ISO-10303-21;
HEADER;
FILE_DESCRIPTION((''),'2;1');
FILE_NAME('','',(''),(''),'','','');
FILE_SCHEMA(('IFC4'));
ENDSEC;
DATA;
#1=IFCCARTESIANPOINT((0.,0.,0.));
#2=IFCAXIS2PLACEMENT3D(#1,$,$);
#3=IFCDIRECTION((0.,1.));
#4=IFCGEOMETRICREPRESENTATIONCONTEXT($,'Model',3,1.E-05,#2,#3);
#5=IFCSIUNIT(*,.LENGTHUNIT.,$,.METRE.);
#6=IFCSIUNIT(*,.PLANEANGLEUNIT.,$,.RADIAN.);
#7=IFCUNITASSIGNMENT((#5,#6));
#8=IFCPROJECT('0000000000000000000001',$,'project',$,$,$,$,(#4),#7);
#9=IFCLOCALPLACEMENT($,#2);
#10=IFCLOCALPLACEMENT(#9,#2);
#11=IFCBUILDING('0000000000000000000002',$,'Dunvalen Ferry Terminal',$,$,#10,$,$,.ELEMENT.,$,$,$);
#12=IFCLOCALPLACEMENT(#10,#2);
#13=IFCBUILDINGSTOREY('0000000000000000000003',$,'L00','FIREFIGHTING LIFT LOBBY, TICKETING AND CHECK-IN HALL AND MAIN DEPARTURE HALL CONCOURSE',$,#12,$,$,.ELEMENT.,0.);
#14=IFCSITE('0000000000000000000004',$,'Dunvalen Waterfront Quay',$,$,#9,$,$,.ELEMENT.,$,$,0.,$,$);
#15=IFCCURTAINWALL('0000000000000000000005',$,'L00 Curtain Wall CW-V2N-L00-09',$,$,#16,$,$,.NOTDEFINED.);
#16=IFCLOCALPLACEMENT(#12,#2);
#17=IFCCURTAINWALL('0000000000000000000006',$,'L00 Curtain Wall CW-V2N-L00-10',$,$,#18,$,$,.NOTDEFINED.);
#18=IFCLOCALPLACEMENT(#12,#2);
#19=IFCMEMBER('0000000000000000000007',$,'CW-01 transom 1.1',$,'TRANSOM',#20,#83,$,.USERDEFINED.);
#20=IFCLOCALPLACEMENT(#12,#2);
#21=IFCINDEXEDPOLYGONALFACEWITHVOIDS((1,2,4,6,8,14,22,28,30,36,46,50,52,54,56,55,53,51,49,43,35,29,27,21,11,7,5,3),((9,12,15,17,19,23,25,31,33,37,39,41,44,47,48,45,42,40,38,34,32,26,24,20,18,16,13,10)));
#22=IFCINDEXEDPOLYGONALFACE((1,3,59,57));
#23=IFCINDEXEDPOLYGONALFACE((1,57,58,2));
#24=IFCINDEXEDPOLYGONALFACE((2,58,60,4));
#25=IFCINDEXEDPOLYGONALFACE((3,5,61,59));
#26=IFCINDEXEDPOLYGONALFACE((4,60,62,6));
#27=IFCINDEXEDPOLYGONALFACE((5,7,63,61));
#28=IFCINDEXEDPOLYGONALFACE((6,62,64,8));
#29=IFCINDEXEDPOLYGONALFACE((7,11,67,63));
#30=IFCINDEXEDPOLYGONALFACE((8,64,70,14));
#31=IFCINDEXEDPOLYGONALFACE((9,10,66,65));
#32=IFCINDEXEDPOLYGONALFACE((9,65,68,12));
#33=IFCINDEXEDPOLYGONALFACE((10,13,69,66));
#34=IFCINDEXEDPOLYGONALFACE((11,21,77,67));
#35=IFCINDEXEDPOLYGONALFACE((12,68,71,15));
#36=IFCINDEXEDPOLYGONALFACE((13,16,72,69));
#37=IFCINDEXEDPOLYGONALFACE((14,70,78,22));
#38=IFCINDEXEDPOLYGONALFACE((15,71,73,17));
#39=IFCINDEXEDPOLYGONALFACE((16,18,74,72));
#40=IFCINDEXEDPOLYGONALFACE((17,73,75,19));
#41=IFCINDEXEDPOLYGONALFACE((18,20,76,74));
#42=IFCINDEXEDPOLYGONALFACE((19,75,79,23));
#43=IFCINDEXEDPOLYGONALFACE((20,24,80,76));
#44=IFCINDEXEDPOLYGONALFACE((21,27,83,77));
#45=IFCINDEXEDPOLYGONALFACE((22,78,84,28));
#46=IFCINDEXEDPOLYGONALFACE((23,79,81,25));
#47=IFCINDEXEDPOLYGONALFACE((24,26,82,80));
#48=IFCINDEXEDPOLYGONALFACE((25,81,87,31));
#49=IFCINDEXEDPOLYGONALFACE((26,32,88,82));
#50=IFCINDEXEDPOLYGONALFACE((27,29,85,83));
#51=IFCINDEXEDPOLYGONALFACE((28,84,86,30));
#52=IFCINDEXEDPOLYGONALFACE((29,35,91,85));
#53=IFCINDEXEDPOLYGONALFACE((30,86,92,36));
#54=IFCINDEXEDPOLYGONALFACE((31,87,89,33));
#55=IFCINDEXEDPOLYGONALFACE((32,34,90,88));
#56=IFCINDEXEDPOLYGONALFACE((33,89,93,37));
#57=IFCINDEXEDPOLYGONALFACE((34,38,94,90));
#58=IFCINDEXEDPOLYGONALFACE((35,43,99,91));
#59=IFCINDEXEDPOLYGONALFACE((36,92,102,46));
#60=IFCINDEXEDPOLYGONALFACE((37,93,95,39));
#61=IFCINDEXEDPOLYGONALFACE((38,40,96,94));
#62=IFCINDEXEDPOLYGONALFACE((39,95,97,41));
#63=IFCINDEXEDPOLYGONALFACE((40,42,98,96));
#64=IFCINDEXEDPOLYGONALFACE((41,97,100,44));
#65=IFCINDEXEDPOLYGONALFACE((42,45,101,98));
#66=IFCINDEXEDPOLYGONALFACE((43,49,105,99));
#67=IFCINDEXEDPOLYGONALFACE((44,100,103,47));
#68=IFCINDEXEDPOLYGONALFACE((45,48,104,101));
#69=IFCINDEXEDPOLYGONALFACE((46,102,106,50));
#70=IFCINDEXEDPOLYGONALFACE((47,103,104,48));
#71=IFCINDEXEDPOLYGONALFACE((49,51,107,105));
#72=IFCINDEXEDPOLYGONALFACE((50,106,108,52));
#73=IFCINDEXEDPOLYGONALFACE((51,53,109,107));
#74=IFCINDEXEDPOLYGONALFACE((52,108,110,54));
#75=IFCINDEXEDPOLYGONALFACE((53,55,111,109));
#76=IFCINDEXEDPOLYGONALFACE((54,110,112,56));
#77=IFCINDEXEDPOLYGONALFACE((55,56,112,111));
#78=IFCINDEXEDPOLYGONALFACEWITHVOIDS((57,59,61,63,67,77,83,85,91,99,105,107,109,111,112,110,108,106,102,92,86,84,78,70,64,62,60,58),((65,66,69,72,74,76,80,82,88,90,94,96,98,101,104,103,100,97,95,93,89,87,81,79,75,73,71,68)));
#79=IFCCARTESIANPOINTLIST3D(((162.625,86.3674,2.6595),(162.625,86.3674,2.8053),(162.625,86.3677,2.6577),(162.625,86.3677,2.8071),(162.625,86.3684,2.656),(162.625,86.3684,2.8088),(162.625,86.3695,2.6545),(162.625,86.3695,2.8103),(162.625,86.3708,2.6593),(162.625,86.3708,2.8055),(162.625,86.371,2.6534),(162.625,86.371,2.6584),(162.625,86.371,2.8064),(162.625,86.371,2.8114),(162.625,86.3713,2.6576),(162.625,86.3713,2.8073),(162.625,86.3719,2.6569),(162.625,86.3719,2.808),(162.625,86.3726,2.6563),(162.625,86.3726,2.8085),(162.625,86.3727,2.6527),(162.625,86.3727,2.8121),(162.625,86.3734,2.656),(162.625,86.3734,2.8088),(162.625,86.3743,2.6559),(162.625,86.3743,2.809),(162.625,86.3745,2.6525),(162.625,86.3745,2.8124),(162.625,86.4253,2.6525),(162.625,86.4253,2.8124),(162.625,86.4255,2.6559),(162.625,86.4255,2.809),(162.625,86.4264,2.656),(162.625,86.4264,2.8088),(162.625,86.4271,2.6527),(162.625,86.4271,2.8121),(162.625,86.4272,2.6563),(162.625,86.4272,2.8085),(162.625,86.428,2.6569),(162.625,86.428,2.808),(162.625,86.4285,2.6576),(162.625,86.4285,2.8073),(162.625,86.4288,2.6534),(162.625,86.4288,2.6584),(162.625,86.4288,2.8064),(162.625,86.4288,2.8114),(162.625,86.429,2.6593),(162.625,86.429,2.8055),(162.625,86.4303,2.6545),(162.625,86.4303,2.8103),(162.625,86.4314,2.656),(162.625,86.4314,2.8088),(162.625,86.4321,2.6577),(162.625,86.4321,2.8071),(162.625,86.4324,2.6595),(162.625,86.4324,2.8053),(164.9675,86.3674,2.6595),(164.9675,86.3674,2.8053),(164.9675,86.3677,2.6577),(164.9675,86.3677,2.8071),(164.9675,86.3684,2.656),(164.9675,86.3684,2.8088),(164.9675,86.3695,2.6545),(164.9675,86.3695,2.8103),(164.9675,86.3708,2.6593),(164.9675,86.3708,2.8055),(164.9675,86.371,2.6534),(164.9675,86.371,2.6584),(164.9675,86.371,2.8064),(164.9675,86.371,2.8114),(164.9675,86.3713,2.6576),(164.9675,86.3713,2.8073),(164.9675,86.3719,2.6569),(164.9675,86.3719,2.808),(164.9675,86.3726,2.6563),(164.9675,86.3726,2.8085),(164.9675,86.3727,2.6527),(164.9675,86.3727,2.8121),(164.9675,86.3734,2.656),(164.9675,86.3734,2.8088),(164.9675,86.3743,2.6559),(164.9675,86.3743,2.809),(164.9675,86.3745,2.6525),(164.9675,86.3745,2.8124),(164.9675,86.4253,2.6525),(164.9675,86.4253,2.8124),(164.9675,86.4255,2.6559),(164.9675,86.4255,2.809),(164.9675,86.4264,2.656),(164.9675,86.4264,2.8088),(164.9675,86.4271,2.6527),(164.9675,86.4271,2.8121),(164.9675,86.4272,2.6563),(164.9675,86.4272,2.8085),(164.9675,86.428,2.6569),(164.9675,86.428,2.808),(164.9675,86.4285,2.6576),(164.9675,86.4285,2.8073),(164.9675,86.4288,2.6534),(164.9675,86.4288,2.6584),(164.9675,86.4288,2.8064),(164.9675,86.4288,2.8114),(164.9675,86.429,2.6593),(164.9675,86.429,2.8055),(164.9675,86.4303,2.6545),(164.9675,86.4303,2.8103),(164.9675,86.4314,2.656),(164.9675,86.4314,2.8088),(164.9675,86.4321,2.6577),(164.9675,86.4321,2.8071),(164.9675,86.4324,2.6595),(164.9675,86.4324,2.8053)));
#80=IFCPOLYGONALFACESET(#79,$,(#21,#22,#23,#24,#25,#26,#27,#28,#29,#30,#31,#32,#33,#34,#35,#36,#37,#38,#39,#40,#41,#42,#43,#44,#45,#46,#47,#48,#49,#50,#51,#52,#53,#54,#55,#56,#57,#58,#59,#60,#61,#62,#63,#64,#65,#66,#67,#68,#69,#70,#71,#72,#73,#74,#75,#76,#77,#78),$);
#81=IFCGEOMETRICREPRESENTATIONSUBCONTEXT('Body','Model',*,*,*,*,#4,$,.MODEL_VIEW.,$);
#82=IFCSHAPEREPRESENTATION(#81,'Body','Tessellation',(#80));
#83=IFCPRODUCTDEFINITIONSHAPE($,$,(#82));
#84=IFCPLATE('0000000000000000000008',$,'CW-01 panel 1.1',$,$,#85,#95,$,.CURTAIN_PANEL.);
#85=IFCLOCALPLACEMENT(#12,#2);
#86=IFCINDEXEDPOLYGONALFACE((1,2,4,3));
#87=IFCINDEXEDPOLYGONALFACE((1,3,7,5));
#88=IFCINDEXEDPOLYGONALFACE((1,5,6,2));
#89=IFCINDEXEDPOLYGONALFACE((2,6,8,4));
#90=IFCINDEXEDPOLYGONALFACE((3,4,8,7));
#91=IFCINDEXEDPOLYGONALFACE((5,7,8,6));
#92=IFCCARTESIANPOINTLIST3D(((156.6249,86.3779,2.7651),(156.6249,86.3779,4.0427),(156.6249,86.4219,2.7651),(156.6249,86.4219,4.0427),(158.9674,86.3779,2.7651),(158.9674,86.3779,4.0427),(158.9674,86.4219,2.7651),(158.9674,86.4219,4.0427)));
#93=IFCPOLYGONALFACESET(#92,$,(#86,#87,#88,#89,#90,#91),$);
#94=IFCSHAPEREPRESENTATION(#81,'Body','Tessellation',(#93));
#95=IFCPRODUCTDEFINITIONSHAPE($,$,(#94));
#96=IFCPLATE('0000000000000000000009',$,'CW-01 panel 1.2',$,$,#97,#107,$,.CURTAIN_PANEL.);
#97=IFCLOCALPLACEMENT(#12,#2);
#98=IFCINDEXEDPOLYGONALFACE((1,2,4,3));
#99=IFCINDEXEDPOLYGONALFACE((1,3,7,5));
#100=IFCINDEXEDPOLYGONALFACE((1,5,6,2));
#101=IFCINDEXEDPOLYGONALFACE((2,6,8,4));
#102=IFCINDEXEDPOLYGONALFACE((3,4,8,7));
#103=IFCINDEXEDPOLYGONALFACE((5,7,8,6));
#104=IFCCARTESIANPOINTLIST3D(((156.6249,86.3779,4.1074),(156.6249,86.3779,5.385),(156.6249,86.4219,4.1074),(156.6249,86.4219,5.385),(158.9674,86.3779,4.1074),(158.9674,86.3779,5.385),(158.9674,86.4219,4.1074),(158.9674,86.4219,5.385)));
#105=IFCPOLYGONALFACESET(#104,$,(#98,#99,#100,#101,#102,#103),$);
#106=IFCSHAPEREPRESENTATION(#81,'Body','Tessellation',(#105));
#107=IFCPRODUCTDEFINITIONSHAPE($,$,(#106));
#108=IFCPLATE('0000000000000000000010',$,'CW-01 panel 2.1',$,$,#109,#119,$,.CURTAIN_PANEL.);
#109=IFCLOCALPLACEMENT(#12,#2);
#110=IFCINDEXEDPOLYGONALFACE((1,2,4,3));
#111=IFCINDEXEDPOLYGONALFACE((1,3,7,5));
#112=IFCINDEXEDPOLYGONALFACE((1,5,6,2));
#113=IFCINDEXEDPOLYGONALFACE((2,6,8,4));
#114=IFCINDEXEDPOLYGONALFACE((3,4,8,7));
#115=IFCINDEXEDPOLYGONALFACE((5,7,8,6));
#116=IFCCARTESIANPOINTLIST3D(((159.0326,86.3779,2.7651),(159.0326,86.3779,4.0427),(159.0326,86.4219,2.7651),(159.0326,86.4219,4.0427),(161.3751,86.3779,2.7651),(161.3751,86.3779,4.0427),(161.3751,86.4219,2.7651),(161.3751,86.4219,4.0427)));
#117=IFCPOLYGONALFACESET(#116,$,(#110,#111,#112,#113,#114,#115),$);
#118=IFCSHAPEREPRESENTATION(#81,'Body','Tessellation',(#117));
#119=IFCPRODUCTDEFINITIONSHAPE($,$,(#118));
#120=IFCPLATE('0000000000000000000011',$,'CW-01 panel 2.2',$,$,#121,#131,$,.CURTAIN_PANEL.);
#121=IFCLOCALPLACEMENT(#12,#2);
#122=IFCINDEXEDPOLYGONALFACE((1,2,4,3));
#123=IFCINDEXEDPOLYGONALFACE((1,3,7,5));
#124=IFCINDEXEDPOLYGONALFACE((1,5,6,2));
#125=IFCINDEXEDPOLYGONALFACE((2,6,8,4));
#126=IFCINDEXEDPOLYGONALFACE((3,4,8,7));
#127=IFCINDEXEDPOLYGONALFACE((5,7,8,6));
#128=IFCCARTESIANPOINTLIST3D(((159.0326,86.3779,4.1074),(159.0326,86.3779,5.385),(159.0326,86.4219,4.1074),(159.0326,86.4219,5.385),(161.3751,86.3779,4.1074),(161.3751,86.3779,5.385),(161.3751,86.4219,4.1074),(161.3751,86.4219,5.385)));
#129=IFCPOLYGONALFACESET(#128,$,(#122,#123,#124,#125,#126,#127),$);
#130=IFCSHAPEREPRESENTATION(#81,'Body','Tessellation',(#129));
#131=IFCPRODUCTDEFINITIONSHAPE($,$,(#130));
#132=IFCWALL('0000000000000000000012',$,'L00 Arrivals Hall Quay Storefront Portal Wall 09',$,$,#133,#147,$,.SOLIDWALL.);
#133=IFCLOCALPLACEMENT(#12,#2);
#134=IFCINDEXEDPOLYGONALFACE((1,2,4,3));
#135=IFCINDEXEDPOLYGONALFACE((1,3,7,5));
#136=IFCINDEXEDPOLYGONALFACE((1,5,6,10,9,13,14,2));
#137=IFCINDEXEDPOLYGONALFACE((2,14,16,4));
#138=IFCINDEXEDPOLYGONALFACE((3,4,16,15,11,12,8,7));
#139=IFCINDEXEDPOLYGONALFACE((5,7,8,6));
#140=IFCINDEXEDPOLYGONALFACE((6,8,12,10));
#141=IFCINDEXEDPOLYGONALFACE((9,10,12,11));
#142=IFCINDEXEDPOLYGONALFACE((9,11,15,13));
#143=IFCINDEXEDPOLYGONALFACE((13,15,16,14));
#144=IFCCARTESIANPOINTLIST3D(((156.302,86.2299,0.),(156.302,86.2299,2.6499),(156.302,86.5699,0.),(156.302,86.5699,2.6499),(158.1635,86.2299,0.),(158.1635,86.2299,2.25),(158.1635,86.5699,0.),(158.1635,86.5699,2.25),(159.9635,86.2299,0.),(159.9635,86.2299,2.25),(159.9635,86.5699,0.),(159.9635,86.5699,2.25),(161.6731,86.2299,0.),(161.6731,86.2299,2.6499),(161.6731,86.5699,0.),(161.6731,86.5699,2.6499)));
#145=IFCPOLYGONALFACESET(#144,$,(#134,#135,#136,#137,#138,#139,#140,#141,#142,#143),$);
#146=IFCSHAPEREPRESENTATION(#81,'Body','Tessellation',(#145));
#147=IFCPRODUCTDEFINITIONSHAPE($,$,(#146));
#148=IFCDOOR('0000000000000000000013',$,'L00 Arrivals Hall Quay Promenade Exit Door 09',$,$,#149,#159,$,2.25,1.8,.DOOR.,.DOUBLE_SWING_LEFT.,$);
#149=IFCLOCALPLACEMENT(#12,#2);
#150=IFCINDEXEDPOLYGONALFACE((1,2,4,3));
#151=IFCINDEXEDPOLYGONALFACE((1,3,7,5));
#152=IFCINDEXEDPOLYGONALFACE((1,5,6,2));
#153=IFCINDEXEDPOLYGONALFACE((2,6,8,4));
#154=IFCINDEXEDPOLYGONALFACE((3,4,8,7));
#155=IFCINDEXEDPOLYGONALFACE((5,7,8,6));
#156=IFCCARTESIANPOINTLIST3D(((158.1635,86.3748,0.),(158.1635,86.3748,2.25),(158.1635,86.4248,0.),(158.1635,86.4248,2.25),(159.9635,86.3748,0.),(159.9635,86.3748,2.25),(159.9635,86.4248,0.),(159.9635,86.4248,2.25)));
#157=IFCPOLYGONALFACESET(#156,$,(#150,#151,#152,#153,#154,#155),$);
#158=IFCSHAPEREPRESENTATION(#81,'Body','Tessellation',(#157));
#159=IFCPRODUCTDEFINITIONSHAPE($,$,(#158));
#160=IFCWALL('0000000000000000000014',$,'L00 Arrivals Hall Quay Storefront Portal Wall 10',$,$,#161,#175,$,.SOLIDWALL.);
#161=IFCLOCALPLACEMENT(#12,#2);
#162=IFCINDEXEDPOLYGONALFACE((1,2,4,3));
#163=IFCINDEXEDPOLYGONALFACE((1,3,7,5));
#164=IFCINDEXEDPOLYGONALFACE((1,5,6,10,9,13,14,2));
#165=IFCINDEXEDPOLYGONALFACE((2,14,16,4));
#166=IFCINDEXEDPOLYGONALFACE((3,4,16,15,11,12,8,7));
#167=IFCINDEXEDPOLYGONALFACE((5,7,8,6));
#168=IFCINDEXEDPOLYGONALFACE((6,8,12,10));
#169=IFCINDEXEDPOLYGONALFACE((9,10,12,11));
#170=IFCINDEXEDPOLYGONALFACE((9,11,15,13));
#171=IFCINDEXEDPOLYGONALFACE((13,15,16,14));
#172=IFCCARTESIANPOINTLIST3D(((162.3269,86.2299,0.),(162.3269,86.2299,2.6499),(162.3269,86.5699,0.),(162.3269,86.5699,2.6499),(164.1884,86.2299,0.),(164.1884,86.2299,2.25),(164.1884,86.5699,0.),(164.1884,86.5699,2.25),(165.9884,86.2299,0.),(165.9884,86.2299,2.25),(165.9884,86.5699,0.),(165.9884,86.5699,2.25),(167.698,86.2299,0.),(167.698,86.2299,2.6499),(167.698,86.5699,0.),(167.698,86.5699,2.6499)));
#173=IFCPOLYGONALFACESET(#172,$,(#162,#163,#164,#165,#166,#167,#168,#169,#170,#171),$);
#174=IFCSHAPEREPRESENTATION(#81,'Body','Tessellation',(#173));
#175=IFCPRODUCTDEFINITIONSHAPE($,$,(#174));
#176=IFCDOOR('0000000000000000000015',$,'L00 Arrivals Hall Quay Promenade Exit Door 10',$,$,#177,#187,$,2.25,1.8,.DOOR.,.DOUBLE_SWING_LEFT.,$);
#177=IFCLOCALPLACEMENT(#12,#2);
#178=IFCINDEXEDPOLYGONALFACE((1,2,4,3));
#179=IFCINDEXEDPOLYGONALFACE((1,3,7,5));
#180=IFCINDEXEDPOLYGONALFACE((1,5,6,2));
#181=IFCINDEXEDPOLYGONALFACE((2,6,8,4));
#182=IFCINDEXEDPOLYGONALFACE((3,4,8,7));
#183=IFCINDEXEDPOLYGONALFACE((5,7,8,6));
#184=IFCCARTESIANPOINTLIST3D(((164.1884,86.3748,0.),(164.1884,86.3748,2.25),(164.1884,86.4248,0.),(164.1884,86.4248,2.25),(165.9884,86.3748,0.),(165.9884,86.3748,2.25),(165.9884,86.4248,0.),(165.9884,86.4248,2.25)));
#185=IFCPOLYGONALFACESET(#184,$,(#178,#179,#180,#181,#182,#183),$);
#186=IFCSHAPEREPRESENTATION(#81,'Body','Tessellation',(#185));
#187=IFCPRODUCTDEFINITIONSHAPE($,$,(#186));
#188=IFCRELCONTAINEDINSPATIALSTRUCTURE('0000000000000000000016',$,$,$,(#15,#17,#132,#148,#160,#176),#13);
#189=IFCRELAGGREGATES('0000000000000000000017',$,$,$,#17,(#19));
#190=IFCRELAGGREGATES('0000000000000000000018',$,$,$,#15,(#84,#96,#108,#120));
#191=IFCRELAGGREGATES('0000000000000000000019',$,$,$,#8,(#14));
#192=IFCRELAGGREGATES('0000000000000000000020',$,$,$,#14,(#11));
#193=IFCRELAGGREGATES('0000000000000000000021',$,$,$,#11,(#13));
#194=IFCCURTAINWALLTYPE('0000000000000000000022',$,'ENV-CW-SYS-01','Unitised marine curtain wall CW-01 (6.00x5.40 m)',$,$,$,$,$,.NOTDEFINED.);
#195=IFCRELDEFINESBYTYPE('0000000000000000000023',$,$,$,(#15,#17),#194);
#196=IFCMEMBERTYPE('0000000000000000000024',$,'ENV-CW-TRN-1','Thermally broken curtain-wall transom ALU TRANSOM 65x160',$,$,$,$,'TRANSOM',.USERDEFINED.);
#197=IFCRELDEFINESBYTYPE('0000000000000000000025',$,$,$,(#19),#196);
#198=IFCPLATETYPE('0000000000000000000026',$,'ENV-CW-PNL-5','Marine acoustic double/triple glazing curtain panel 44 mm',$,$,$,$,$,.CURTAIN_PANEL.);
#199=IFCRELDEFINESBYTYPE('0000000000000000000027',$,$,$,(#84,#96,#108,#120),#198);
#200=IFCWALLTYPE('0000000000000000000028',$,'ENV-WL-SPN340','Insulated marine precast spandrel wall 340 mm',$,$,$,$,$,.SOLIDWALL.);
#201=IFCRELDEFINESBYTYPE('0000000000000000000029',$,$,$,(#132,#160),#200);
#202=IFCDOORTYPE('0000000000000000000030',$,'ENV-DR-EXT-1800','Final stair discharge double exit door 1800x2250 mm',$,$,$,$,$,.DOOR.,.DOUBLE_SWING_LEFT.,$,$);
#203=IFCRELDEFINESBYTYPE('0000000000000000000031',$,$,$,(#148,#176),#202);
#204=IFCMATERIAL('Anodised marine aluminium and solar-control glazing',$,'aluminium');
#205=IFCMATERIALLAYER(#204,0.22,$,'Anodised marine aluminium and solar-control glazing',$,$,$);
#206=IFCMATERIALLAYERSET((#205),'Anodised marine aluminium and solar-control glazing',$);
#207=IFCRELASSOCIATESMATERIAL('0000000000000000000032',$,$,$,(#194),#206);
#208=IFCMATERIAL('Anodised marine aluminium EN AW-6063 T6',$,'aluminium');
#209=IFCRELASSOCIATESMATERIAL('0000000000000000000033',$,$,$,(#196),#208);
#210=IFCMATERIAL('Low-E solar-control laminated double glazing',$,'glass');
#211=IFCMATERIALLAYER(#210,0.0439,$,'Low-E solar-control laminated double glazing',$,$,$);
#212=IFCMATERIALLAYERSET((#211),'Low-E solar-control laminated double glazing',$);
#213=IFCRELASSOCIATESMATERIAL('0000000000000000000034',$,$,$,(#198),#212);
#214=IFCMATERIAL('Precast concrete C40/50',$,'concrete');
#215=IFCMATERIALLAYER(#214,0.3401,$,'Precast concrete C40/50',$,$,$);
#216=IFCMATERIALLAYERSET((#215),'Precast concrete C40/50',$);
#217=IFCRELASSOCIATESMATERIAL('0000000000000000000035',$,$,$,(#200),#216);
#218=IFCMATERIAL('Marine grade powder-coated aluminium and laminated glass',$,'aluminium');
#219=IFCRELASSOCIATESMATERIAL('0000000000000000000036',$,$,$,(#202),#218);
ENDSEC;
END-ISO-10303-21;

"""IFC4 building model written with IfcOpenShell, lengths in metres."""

from ifc_helpers import new_model, si_unit, direction, frame, frame_2d, origin, origin_2d, place, context, subcontext, project, spatial, rectangle, hollow_rectangle, extrude, material, layer, layer_set, material_profile, profile_set, type_object, element, fill, aggregate, save


model = new_model("IFC4")

# Units and contexts
model_context = context("Model", 3, precision=1e-05, world=origin(), true_north=direction((0.0, 1.0)))
body_context = subcontext(model_context, "Body", "Model", "MODEL_VIEW")
ifc_project = project(units=[si_unit("LENGTHUNIT", "METRE"), si_unit("PLANEANGLEUNIT", "RADIAN")], contexts=[model_context])

# Site, building, storey
site_placement = place(None, origin())
site = spatial("IfcSite", under=ifc_project, at=site_placement, Name="Dunvalen Waterfront Quay", CompositionType="ELEMENT", RefElevation=0.0)
building_placement = place(site_placement, origin())
building = spatial("IfcBuilding", under=site, at=building_placement, Name="Dunvalen Ferry Terminal", CompositionType="ELEMENT")
storey_placement = place(building_placement, origin())
storey = spatial("IfcBuildingStorey", under=building, at=storey_placement, Name="L00", Description="FIREFIGHTING LIFT LOBBY, TICKETING AND CHECK-IN HALL AND MAIN DEPARTURE HALL CONCOURSE", CompositionType="ELEMENT", Elevation=0.0)

# Curtain wall
ifc_material_1 = material(Name="Anodised marine aluminium and solar-control glazing", Category="aluminium")
ifc_layer_1 = layer(ifc_material_1, 0.22, Name="Anodised marine aluminium and solar-control glazing")
ifc_layer_set_1 = layer_set([ifc_layer_1], Name="Anodised marine aluminium and solar-control glazing")
curtain_wall_type = type_object("IfcCurtainWallType", Name="ENV-CW-SYS-01", Description="Unitised marine curtain wall CW-01 (6.00x5.40 m)", PredefinedType="NOTDEFINED", material=ifc_layer_set_1)
curtain_wall_1_placement = place(storey_placement, origin())
curtain_wall_1 = element("IfcCurtainWall", 1, at=curtain_wall_1_placement, inside=storey, type_object=curtain_wall_type, Name="L00 Curtain Wall CW-V2N-L00-09", PredefinedType="NOTDEFINED")
ifc_material_2 = material(Name="Anodised marine aluminium EN AW-6063 T6", Category="aluminium")

# Curtain wall
curtain_wall_2_placement = place(storey_placement, origin())
curtain_wall_2 = element("IfcCurtainWall", 2, at=curtain_wall_2_placement, inside=storey, type_object=curtain_wall_type, Name="L00 Curtain Wall CW-V2N-L00-10", PredefinedType="NOTDEFINED")

# Member
ifc_material_profile_1 = material_profile(ifc_material_2, hollow_rectangle(XDim=0.0649, YDim=0.1599, WallThickness=0.0034, InnerFilletRadius=0.0034, OuterFilletRadius=0.0071, at=origin_2d()), Name="Anodised marine aluminium EN AW-6063 T6")
ifc_profile_set_1 = profile_set([ifc_material_profile_1], Name="Anodised marine aluminium EN AW-6063 T6")
member_type_1 = type_object("IfcMemberType", Name="ENV-CW-TRN-1", Description="Thermally broken curtain-wall transom ALU TRANSOM 65x160", ElementType="TRANSOM", PredefinedType="USERDEFINED", material=ifc_profile_set_1)
member_1_placement = place(storey_placement, frame((162.625, 86.3999, 2.7324), z_axis=(1.0, 0.0, 0.0), x_axis=(0.0, 1.0, 0.0)))
member_1 = element("IfcMember", 3, at=member_1_placement, type_object=member_type_1, Name="CW-01 transom 1.1", ObjectType="TRANSOM", PredefinedType="USERDEFINED", context=body_context, shape_type="SweptSolid", body=[
    extrude(hollow_rectangle(XDim=0.0649, YDim=0.1599, WallThickness=0.0034, InnerFilletRadius=0.0034, OuterFilletRadius=0.0071, at=origin_2d()), origin(), (0.0, 0.0, 1.0), 2.3425),
])
aggregate(curtain_wall_2, [member_1])

# Plates
ifc_material_3 = material(Name="Low-E solar-control laminated double glazing", Category="glass")
ifc_layer_2 = layer(ifc_material_3, 0.0439, Name="Low-E solar-control laminated double glazing")
ifc_layer_set_2 = layer_set([ifc_layer_2], Name="Low-E solar-control laminated double glazing")
plate_type = type_object("IfcPlateType", Name="ENV-CW-PNL-5", Description="Marine acoustic double/triple glazing curtain panel 44 mm", PredefinedType="CURTAIN_PANEL", material=ifc_layer_set_2)
plate_1_placement = place(storey_placement, frame((157.7961, 86.3999, 2.7651), z_axis=(0.0, 0.0, 1.0), x_axis=(1.0, 0.0, 0.0)))
plate_1 = element("IfcPlate", 4, at=plate_1_placement, type_object=plate_type, Name="CW-01 panel 1.1", PredefinedType="CURTAIN_PANEL", context=body_context, shape_type="SweptSolid", body=[
    extrude(rectangle(XDim=2.3425, YDim=0.0439, at=origin_2d()), origin(), (0.0, 0.0, 1.0), 1.2776),
])
plate_2_placement = place(storey_placement, frame((157.7961, 86.3999, 4.1074), z_axis=(0.0, 0.0, 1.0), x_axis=(1.0, 0.0, 0.0)))
plate_2 = element("IfcPlate", 5, at=plate_2_placement, type_object=plate_type, Name="CW-01 panel 1.2", PredefinedType="CURTAIN_PANEL", context=body_context, shape_type="SweptSolid", body=[
    extrude(rectangle(XDim=2.3425, YDim=0.0439, at=origin_2d()), origin(), (0.0, 0.0, 1.0), 1.2776),
])
plate_3_placement = place(storey_placement, frame((160.2039, 86.3999, 2.7651), z_axis=(0.0, 0.0, 1.0), x_axis=(1.0, 0.0, 0.0)))
plate_3 = element("IfcPlate", 6, at=plate_3_placement, type_object=plate_type, Name="CW-01 panel 2.1", PredefinedType="CURTAIN_PANEL", context=body_context, shape_type="SweptSolid", body=[
    extrude(rectangle(XDim=2.3425, YDim=0.0439, at=origin_2d()), origin(), (0.0, 0.0, 1.0), 1.2776),
])
plate_4_placement = place(storey_placement, frame((160.2039, 86.3999, 4.1074), z_axis=(0.0, 0.0, 1.0), x_axis=(1.0, 0.0, 0.0)))
plate_4 = element("IfcPlate", 7, at=plate_4_placement, type_object=plate_type, Name="CW-01 panel 2.2", PredefinedType="CURTAIN_PANEL", context=body_context, shape_type="SweptSolid", body=[
    extrude(rectangle(XDim=2.3425, YDim=0.0439, at=origin_2d()), origin(), (0.0, 0.0, 1.0), 1.2776),
])
aggregate(curtain_wall_1, [plate_1, plate_2, plate_3, plate_4])

# Walls, openings, doors
ifc_material_4 = material(Name="Precast concrete C40/50", Category="concrete")
ifc_layer_3 = layer(ifc_material_4, 0.3401, Name="Precast concrete C40/50")
ifc_layer_set_3 = layer_set([ifc_layer_3], Name="Precast concrete C40/50")
wall_type = type_object("IfcWallType", Name="ENV-WL-SPN340", Description="Insulated marine precast spandrel wall 340 mm", PredefinedType="SOLIDWALL", material=ifc_layer_set_3)
wall_1_placement = place(storey_placement, frame((156.302, 86.3999, 0.0), z_axis=(0.0, 0.0, 1.0), x_axis=(1.0, 0.0, 0.0)))
wall_1 = element("IfcWall", 8, at=wall_1_placement, inside=storey, type_object=wall_type, Name="L00 Arrivals Hall Quay Storefront Portal Wall 09", PredefinedType="SOLIDWALL", context=body_context, shape_type="SweptSolid", body=[
    extrude(rectangle(XDim=5.3711, YDim=0.3401, at=frame_2d((2.6855, 0.0))), origin(), (0.0, 0.0, 1.0), 2.6499),
])
opening_1_placement = place(wall_1_placement, frame((1.8616, 0.0, 0.0)))
opening_1 = element("IfcOpeningElement", 9, at=opening_1_placement, cuts=wall_1, PredefinedType="OPENING", context=body_context, shape_type="SweptSolid", body=[
    extrude(rectangle(XDim=1.8, YDim=2.25, at=frame_2d((0.8999, 1.125))), frame((0.0, 0.1802, 0.0), z_axis=(0.0, -1.0, 0.0), x_axis=(1.0, 0.0, 0.0)), (0.0, 0.0, 1.0), 0.3601),
])
ifc_material_5 = material(Name="Marine grade powder-coated aluminium and laminated glass", Category="aluminium")
door_type = type_object("IfcDoorType", Name="ENV-DR-EXT-1800", Description="Final stair discharge double exit door 1800x2250 mm", OperationType="DOUBLE_SWING_LEFT", PredefinedType="DOOR", material=ifc_material_5)
door_1_placement = place(opening_1_placement, origin())
door_1 = element("IfcDoor", 10, at=door_1_placement, inside=storey, type_object=door_type, Name="L00 Arrivals Hall Quay Promenade Exit Door 09", OperationType="DOUBLE_SWING_LEFT", OverallHeight=2.25, OverallWidth=1.8, PredefinedType="DOOR", context=body_context, shape_type="SweptSolid", body=[
    extrude(rectangle(XDim=1.8, YDim=2.25, at=frame_2d((0.8999, 1.125))), frame((0.0, 0.0249, 0.0), z_axis=(0.0, -1.0, 0.0), x_axis=(1.0, 0.0, 0.0)), (0.0, 0.0, 1.0), 0.05),
])
fill(opening_1, door_1)
wall_2_placement = place(storey_placement, frame((162.3269, 86.3999, 0.0), z_axis=(0.0, 0.0, 1.0), x_axis=(1.0, 0.0, 0.0)))
wall_2 = element("IfcWall", 11, at=wall_2_placement, inside=storey, type_object=wall_type, Name="L00 Arrivals Hall Quay Storefront Portal Wall 10", PredefinedType="SOLIDWALL", context=body_context, shape_type="SweptSolid", body=[
    extrude(rectangle(XDim=5.3711, YDim=0.3401, at=frame_2d((2.6855, 0.0))), origin(), (0.0, 0.0, 1.0), 2.6499),
])
opening_2_placement = place(wall_2_placement, frame((1.8616, 0.0, 0.0)))
opening_2 = element("IfcOpeningElement", 12, at=opening_2_placement, cuts=wall_2, PredefinedType="OPENING", context=body_context, shape_type="SweptSolid", body=[
    extrude(rectangle(XDim=1.8, YDim=2.25, at=frame_2d((0.8999, 1.125))), frame((0.0, 0.1802, 0.0), z_axis=(0.0, -1.0, 0.0), x_axis=(1.0, 0.0, 0.0)), (0.0, 0.0, 1.0), 0.3601),
])
door_2_placement = place(opening_2_placement, origin())
door_2 = element("IfcDoor", 13, at=door_2_placement, inside=storey, type_object=door_type, Name="L00 Arrivals Hall Quay Promenade Exit Door 10", OperationType="DOUBLE_SWING_LEFT", OverallHeight=2.25, OverallWidth=1.8, PredefinedType="DOOR", context=body_context, shape_type="SweptSolid", body=[
    extrude(rectangle(XDim=1.8, YDim=2.25, at=frame_2d((0.8999, 1.125))), frame((0.0, 0.0249, 0.0), z_axis=(0.0, -1.0, 0.0), x_axis=(1.0, 0.0, 0.0)), (0.0, 0.0, 1.0), 0.05),
])
fill(opening_2, door_2)

save(model, "model.ifc")
